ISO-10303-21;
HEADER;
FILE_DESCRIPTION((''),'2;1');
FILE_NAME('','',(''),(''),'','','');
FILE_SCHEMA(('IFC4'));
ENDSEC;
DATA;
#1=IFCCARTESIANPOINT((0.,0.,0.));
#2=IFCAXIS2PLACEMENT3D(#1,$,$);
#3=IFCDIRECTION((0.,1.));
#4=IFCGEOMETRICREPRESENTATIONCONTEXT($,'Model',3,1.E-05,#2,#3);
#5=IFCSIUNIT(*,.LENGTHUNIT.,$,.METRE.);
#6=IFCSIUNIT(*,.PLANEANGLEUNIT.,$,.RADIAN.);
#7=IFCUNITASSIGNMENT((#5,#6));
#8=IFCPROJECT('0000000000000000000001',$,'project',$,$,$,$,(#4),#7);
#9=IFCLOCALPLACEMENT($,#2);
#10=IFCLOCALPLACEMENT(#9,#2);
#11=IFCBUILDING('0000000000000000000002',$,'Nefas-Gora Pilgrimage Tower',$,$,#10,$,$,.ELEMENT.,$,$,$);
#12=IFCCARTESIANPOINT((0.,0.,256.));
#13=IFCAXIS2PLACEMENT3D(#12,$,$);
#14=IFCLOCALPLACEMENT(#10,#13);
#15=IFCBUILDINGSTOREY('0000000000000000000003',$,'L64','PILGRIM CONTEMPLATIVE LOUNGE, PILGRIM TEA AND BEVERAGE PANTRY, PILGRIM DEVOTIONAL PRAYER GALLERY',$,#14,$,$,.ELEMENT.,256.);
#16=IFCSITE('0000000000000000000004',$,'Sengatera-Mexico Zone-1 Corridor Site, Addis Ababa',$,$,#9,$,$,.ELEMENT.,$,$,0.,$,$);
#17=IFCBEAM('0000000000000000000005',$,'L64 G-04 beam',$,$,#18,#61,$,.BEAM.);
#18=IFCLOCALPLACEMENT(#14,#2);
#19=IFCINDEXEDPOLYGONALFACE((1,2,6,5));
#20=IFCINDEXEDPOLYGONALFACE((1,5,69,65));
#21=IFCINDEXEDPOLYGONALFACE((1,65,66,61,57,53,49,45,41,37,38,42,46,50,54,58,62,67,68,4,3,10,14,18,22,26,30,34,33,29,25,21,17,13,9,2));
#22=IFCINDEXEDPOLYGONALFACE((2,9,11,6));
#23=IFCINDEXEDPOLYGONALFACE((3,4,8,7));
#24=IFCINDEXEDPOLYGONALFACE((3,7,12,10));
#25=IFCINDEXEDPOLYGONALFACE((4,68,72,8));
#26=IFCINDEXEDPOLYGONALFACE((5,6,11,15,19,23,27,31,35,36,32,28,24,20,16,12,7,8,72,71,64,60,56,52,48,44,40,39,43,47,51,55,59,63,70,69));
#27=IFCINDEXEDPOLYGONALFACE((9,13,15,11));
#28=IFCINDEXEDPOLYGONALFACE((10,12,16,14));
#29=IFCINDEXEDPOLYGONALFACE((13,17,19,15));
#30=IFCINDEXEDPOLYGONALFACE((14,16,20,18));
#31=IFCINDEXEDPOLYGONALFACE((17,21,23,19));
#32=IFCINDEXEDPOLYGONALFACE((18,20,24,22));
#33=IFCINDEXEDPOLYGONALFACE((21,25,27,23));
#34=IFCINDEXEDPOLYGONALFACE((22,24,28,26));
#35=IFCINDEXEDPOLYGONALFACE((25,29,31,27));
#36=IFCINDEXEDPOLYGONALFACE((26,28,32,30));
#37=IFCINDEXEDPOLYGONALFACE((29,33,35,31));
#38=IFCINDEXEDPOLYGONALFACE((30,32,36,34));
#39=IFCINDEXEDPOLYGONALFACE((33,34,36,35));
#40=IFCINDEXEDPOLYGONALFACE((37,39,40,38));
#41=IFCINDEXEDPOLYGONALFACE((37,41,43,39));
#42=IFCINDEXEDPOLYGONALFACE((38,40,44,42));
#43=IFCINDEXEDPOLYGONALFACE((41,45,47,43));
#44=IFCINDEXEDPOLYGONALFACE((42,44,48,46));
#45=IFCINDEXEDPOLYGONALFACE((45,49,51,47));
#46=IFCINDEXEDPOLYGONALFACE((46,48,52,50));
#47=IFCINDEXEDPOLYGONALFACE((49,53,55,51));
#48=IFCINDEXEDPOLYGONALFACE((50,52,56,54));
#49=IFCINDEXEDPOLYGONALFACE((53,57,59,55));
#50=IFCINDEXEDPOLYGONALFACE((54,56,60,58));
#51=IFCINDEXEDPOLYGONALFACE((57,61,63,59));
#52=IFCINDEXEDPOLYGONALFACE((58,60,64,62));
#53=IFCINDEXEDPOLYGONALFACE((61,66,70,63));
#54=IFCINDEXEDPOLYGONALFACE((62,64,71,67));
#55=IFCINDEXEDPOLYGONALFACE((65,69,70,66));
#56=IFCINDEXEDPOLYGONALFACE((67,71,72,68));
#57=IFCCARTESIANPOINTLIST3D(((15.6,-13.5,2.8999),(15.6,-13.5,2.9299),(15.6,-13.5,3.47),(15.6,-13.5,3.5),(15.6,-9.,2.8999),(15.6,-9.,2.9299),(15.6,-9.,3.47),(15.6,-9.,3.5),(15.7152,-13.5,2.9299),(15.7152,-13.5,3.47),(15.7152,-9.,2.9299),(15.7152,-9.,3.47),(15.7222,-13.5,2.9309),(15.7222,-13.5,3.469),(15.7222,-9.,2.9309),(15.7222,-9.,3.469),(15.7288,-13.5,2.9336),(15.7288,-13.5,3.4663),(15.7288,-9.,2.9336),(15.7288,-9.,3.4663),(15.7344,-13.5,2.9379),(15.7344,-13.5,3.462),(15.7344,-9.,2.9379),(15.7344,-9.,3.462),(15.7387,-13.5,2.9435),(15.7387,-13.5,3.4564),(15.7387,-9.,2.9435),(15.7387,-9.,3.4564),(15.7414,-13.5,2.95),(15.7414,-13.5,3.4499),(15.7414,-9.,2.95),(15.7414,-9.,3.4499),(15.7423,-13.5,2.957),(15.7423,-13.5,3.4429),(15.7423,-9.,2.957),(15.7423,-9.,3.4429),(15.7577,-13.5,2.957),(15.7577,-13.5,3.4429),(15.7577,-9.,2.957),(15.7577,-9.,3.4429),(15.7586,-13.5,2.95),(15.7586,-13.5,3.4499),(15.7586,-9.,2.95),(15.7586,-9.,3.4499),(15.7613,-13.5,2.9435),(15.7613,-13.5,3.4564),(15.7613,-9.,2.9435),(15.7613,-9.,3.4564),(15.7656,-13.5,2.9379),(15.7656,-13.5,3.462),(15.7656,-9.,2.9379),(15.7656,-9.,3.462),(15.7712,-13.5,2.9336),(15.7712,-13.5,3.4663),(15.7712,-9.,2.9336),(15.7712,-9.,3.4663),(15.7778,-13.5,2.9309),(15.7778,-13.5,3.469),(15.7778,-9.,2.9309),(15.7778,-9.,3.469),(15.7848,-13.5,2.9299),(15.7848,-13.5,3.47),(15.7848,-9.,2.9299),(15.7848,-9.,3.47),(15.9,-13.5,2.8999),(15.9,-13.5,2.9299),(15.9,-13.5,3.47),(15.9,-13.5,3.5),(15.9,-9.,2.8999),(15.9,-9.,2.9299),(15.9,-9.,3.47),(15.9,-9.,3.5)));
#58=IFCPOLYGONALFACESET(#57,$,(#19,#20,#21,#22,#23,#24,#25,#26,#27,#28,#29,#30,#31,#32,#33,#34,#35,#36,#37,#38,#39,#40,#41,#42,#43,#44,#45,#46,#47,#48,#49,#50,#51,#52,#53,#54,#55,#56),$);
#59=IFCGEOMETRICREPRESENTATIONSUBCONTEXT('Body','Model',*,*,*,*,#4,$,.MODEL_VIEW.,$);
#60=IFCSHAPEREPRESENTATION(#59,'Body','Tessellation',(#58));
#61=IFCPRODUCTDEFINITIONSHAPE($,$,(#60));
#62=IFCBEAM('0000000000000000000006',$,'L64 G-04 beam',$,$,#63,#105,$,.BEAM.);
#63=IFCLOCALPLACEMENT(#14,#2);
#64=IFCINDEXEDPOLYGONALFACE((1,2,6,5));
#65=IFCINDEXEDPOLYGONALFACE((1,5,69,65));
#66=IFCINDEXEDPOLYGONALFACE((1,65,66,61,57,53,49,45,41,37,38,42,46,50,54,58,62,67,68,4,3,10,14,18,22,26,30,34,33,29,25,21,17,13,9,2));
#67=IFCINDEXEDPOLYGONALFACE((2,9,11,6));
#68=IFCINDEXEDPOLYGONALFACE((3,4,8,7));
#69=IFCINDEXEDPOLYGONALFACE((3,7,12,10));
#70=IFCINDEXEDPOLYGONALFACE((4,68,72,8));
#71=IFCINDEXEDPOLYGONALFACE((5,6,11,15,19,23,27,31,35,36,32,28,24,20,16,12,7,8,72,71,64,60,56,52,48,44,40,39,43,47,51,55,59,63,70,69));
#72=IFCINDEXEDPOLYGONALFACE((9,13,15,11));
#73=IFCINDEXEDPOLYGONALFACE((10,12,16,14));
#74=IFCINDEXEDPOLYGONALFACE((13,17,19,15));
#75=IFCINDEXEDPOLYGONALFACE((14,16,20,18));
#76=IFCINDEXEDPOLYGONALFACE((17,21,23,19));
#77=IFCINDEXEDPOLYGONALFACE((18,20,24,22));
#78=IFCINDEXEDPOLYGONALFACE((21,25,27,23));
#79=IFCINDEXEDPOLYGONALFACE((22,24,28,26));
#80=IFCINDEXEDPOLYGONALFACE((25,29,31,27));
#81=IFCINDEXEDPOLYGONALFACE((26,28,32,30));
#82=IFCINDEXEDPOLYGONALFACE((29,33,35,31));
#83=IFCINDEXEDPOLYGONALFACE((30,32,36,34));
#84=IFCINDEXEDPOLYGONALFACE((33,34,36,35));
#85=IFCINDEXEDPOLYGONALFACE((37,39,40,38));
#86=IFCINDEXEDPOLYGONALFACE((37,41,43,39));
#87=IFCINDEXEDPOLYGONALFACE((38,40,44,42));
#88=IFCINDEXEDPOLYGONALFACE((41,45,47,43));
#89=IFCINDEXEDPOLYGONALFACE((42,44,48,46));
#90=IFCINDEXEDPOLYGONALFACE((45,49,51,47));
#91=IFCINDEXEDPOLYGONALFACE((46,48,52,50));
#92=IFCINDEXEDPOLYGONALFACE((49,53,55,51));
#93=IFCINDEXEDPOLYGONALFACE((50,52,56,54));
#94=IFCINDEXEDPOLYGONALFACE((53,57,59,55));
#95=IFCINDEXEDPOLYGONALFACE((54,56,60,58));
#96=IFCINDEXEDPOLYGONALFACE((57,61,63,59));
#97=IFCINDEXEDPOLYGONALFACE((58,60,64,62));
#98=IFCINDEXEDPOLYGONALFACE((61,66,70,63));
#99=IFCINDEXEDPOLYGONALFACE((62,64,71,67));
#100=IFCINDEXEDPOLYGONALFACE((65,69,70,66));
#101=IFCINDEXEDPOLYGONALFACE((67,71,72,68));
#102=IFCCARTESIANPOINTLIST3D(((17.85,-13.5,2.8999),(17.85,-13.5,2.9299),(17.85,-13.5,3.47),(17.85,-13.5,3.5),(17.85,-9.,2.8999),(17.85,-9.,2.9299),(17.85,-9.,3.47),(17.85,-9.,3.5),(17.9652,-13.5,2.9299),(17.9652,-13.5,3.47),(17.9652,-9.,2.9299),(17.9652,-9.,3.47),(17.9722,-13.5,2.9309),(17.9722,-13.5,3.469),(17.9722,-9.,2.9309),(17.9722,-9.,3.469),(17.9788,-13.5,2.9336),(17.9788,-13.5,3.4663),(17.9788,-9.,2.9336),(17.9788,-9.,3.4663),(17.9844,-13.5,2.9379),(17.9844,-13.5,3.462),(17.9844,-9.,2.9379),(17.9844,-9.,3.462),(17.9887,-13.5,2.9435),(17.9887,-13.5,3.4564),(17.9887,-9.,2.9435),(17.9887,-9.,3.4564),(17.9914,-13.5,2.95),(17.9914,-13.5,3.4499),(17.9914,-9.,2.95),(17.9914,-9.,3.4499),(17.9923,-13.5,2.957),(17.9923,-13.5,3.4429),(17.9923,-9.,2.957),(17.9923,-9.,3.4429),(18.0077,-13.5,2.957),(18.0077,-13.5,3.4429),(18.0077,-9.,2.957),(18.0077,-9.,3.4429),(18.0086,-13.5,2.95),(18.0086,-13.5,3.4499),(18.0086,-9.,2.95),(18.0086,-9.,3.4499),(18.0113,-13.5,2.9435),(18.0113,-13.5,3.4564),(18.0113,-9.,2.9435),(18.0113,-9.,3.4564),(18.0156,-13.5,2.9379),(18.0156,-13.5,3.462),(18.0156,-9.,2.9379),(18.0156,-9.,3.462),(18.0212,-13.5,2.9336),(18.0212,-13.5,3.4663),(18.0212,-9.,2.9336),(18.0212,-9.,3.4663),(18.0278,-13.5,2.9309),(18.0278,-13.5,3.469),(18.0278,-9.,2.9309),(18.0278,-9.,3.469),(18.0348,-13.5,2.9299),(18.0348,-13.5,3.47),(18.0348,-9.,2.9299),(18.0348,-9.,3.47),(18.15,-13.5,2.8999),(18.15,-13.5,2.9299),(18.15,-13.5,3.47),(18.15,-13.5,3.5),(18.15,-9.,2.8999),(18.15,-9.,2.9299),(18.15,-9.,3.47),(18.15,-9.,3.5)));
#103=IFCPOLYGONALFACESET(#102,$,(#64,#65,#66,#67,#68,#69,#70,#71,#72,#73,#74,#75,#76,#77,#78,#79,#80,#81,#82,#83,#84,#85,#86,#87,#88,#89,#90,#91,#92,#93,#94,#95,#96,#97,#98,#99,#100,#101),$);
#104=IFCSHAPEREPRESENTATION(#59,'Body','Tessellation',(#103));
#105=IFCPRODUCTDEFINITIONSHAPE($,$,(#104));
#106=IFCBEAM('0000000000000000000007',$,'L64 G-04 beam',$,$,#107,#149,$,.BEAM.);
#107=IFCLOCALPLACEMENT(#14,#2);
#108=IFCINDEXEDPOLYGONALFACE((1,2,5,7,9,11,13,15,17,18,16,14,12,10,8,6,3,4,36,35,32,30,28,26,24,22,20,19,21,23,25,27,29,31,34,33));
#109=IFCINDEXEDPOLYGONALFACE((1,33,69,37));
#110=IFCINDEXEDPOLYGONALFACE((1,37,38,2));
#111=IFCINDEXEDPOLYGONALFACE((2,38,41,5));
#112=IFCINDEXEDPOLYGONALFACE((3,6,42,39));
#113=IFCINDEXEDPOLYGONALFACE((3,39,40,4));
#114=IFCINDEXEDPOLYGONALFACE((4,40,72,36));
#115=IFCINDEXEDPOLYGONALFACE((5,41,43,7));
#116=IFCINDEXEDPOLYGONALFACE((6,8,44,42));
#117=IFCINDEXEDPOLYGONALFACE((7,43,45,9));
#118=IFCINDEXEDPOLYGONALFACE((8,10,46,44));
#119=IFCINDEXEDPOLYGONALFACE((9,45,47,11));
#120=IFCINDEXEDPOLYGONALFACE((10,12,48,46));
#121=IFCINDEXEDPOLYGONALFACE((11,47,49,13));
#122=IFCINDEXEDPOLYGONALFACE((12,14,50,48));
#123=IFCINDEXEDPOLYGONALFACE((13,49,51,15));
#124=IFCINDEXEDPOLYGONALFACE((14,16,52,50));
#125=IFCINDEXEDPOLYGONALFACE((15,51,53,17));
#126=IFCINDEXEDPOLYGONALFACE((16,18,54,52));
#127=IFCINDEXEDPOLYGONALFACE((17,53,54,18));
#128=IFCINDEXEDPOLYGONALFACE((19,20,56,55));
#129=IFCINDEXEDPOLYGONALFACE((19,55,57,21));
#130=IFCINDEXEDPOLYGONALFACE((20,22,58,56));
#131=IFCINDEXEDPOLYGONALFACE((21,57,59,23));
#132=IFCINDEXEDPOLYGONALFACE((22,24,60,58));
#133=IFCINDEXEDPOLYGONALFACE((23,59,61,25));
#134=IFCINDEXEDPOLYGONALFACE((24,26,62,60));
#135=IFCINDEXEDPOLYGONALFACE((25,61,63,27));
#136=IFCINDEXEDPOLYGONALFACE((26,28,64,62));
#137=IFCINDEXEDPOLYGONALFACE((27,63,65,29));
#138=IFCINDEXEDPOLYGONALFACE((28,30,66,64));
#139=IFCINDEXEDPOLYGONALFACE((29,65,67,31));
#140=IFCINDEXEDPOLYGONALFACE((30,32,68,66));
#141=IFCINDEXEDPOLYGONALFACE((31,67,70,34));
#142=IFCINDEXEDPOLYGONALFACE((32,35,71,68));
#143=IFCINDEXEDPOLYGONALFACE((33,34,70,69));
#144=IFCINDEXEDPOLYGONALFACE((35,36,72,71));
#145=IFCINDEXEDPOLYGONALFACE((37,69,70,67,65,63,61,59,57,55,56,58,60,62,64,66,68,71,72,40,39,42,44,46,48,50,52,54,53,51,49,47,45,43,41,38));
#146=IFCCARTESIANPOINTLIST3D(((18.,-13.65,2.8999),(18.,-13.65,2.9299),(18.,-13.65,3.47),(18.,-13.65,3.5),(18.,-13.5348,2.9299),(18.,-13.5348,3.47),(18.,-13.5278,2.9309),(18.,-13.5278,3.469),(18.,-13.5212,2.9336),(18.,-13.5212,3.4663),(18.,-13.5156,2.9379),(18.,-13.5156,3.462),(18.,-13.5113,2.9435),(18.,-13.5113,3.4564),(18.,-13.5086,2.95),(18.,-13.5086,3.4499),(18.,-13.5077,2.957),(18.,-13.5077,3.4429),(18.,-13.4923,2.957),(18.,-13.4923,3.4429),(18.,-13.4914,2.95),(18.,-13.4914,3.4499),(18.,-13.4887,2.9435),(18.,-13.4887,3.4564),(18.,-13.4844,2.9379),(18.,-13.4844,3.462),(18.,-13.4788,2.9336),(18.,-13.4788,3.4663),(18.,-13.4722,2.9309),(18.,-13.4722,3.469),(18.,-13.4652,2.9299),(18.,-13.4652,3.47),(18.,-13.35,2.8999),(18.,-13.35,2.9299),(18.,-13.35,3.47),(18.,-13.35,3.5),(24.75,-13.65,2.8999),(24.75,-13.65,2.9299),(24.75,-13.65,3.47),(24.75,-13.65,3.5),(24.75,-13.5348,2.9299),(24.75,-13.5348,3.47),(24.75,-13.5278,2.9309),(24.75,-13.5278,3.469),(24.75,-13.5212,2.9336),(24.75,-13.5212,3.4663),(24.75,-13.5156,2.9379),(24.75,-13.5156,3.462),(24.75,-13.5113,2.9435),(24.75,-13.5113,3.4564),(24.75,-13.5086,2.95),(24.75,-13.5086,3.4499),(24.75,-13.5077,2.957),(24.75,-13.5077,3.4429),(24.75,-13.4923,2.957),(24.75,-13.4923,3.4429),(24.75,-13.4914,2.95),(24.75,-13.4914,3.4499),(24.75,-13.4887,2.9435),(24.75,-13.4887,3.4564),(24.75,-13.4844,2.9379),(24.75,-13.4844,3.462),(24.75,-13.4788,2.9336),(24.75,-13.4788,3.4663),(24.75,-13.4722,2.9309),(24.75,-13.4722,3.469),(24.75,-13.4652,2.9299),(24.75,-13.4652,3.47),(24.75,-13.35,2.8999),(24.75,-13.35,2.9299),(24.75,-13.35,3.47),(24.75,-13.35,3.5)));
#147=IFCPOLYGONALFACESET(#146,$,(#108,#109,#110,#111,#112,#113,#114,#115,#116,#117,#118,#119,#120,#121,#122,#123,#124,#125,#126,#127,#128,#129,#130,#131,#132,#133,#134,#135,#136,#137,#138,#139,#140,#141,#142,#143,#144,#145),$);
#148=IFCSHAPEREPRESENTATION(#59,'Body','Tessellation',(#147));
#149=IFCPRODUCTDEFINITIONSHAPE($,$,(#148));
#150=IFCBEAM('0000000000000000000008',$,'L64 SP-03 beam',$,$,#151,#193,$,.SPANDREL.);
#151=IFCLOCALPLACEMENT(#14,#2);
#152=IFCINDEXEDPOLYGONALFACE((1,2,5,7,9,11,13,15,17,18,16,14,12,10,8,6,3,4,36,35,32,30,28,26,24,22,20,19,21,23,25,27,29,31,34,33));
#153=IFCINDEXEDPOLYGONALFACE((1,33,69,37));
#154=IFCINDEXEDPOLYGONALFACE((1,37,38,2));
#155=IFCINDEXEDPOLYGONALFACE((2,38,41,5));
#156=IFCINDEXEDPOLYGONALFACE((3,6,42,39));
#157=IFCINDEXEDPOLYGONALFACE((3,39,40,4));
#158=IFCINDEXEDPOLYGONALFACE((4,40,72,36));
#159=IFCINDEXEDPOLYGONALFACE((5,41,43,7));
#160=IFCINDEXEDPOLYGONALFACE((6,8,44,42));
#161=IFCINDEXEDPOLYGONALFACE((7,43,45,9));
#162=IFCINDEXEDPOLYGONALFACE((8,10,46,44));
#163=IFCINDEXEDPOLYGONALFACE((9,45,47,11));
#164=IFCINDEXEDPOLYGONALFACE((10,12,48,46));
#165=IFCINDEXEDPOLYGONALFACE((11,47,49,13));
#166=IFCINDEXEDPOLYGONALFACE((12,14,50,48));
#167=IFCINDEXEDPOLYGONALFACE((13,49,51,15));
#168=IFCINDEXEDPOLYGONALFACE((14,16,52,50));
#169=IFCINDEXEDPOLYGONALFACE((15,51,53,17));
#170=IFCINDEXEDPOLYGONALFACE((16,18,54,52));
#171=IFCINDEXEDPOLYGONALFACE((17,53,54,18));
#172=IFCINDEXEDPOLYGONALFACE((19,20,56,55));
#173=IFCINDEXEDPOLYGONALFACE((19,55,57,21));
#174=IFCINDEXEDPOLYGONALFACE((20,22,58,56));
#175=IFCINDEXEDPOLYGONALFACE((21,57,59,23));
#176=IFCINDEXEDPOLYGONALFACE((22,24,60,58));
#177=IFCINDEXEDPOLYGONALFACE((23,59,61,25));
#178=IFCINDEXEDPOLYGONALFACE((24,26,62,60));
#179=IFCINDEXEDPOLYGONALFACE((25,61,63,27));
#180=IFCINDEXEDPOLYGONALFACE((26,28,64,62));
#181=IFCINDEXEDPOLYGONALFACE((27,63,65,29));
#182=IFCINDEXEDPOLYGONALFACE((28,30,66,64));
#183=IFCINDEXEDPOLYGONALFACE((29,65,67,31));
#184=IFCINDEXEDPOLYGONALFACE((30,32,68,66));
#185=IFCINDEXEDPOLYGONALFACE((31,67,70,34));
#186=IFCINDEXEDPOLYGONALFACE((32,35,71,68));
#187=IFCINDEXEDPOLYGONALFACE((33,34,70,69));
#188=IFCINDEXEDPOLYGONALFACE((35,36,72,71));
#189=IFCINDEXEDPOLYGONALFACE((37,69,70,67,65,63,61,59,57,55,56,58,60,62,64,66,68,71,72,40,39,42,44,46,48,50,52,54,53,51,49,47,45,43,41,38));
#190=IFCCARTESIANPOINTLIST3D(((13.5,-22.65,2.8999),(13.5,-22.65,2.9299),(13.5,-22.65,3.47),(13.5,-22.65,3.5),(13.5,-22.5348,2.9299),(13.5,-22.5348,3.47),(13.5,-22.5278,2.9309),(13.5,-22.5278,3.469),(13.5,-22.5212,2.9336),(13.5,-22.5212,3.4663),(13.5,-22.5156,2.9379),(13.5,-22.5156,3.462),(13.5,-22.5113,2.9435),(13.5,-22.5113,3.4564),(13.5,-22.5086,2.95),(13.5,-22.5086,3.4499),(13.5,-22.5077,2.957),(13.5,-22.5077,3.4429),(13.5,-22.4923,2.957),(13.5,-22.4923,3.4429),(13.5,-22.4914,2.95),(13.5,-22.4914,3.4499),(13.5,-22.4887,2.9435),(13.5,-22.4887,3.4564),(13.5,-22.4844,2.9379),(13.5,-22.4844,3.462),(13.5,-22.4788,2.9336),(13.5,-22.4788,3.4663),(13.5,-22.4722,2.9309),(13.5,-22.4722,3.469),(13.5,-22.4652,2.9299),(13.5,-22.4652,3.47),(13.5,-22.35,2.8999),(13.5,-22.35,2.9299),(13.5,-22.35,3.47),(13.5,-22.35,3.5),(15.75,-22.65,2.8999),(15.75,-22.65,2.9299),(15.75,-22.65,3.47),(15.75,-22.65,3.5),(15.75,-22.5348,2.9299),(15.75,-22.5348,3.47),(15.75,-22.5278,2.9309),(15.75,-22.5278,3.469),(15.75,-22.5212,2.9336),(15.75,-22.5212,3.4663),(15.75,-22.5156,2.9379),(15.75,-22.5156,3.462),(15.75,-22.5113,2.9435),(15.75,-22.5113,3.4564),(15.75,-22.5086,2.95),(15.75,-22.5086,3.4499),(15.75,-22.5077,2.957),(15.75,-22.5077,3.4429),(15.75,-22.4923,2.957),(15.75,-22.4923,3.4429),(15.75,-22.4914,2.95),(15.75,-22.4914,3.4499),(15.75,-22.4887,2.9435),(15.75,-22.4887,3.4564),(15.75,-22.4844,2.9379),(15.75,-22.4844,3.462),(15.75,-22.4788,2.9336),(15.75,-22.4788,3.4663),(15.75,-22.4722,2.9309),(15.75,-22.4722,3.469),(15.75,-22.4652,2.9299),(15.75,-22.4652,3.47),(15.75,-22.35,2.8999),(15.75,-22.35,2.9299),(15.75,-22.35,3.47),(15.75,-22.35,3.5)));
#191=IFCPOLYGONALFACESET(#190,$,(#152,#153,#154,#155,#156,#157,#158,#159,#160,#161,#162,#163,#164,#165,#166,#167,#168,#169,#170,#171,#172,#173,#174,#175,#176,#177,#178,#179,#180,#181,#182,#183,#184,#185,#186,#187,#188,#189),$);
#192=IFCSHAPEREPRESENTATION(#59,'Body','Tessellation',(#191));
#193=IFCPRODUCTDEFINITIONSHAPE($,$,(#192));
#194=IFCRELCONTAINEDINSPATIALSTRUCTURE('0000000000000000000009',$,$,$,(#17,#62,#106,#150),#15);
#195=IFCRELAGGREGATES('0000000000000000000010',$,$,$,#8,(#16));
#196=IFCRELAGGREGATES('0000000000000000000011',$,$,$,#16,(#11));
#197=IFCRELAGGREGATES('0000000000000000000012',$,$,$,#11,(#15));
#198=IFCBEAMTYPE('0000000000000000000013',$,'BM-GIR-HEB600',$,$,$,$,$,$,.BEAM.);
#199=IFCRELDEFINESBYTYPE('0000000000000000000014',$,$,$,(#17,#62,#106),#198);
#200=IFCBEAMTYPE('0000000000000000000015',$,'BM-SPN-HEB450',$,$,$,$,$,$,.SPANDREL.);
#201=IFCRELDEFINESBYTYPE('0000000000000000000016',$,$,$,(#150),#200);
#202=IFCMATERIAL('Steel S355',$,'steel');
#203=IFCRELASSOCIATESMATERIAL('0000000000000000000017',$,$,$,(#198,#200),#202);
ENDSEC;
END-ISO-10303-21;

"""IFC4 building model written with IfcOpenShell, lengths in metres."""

from ifc_helpers import new_model, si_unit, direction, frame, origin, origin_2d, place, context, subcontext, project, spatial, i_section, extrude, source, transform, mapped, material, material_profile, profile_set, type_object, element, save


model = new_model("IFC4")

# Units and contexts
model_context = context("Model", 3, precision=1e-05, world=origin(), true_north=direction((0.0, 1.0)))
body_context = subcontext(model_context, "Body", "Model", "MODEL_VIEW")
ifc_project = project(units=[si_unit("LENGTHUNIT", "METRE"), si_unit("PLANEANGLEUNIT", "RADIAN")], contexts=[model_context])

# Site, building, storey
site_placement = place(None, origin())
site = spatial("IfcSite", under=ifc_project, at=site_placement, Name="Sengatera-Mexico Zone-1 Corridor Site, Addis Ababa", CompositionType="ELEMENT", RefElevation=0.0)
building_placement = place(site_placement, origin())
building = spatial("IfcBuilding", under=site, at=building_placement, Name="Nefas-Gora Pilgrimage Tower", CompositionType="ELEMENT")
storey_placement = place(building_placement, frame((0.0, 0.0, 256.0)))
storey = spatial("IfcBuildingStorey", under=building, at=storey_placement, Name="L64", Description="PILGRIM CONTEMPLATIVE LOUNGE, PILGRIM TEA AND BEVERAGE PANTRY, PILGRIM DEVOTIONAL PRAYER GALLERY", CompositionType="ELEMENT", Elevation=256.0)

# Beams
ifc_material_1 = material(Name="Steel S355", Category="steel")
ifc_material_profile_1 = material_profile(ifc_material_1, i_section(OverallWidth=0.3, OverallDepth=0.6001, WebThickness=0.0154, FlangeThickness=0.03, FilletRadius=0.0271, at=origin_2d()), Name="HEB 600")
ifc_profile_set_1 = profile_set([ifc_material_profile_1], Name="Steel S355")
beam_type_1 = type_object("IfcBeamType", Name="BM-GIR-HEB600", PredefinedType="BEAM", material=ifc_profile_set_1)
shared_shape_1 = source(origin(), body_context, "Body", "SweptSolid", [
    extrude(i_section(OverallWidth=0.3, OverallDepth=0.6001, WebThickness=0.0154, FlangeThickness=0.03, FilletRadius=0.0271, at=origin_2d()), origin(), (0.0, 0.0, 1.0), 4.5),
])
for number, where, z_axis, x_axis, name in (
    (1, (15.75, -13.5, 3.2), (0.0, 1.0, 0.0), (-1.0, 0.0, 0.0), "L64 G-04 beam"),
    (2, (18.0, -13.5, 3.2), (0.0, 1.0, 0.0), (-1.0, 0.0, 0.0), "L64 G-04 beam"),
):
    element("IfcBeam", number, at=place(storey_placement, frame(where, z_axis=z_axis, x_axis=x_axis)), inside=storey, type_object=beam_type_1, Name=name, PredefinedType="BEAM", context=body_context, shape_type="MappedRepresentation", body=[
        mapped(shared_shape_1, transform((0.0, 0.0, 0.0), x_axis=(1.0, 0.0, 0.0), y_axis=(0.0, 1.0, 0.0), z_axis=(0.0, 0.0, 1.0), scale=1.0)),
    ])
shared_shape_2 = source(origin(), body_context, "Body", "SweptSolid", [
    extrude(i_section(OverallWidth=0.3, OverallDepth=0.6001, WebThickness=0.0154, FlangeThickness=0.03, FilletRadius=0.0271, at=origin_2d()), origin(), (0.0, 0.0, 1.0), 6.75),
])
beam_1_placement = place(storey_placement, frame((18.0, -13.5, 3.2), z_axis=(1.0, 0.0, 0.0), x_axis=(0.0, 1.0, 0.0)))
element("IfcBeam", 3, at=beam_1_placement, inside=storey, type_object=beam_type_1, Name="L64 G-04 beam", PredefinedType="BEAM", context=body_context, shape_type="MappedRepresentation", body=[
    mapped(shared_shape_2, transform((0.0, 0.0, 0.0), x_axis=(1.0, 0.0, 0.0), y_axis=(0.0, 1.0, 0.0), z_axis=(0.0, 0.0, 1.0), scale=1.0)),
])
ifc_material_profile_2 = material_profile(ifc_material_1, i_section(OverallWidth=0.3, OverallDepth=0.6001, WebThickness=0.0154, FlangeThickness=0.03, FilletRadius=0.0271, at=origin_2d()), Name="HEB 600")
ifc_profile_set_2 = profile_set([ifc_material_profile_2], Name="Steel S355")
beam_type_2 = type_object("IfcBeamType", Name="BM-SPN-HEB450", PredefinedType="SPANDREL", material=ifc_profile_set_2)
shared_shape_3 = source(origin(), body_context, "Body", "SweptSolid", [
    extrude(i_section(OverallWidth=0.3, OverallDepth=0.6001, WebThickness=0.0154, FlangeThickness=0.03, FilletRadius=0.0271, at=origin_2d()), origin(), (0.0, 0.0, 1.0), 2.25),
])
beam_2_placement = place(storey_placement, frame((13.5, -22.5, 3.2), z_axis=(1.0, 0.0, 0.0), x_axis=(0.0, 1.0, 0.0)))
element("IfcBeam", 4, at=beam_2_placement, inside=storey, type_object=beam_type_2, Name="L64 SP-03 beam", PredefinedType="SPANDREL", context=body_context, shape_type="MappedRepresentation", body=[
    mapped(shared_shape_3, transform((0.0, 0.0, 0.0), x_axis=(1.0, 0.0, 0.0), y_axis=(0.0, 1.0, 0.0), z_axis=(0.0, 0.0, 1.0), scale=1.0)),
])

save(model, "model.ifc")
